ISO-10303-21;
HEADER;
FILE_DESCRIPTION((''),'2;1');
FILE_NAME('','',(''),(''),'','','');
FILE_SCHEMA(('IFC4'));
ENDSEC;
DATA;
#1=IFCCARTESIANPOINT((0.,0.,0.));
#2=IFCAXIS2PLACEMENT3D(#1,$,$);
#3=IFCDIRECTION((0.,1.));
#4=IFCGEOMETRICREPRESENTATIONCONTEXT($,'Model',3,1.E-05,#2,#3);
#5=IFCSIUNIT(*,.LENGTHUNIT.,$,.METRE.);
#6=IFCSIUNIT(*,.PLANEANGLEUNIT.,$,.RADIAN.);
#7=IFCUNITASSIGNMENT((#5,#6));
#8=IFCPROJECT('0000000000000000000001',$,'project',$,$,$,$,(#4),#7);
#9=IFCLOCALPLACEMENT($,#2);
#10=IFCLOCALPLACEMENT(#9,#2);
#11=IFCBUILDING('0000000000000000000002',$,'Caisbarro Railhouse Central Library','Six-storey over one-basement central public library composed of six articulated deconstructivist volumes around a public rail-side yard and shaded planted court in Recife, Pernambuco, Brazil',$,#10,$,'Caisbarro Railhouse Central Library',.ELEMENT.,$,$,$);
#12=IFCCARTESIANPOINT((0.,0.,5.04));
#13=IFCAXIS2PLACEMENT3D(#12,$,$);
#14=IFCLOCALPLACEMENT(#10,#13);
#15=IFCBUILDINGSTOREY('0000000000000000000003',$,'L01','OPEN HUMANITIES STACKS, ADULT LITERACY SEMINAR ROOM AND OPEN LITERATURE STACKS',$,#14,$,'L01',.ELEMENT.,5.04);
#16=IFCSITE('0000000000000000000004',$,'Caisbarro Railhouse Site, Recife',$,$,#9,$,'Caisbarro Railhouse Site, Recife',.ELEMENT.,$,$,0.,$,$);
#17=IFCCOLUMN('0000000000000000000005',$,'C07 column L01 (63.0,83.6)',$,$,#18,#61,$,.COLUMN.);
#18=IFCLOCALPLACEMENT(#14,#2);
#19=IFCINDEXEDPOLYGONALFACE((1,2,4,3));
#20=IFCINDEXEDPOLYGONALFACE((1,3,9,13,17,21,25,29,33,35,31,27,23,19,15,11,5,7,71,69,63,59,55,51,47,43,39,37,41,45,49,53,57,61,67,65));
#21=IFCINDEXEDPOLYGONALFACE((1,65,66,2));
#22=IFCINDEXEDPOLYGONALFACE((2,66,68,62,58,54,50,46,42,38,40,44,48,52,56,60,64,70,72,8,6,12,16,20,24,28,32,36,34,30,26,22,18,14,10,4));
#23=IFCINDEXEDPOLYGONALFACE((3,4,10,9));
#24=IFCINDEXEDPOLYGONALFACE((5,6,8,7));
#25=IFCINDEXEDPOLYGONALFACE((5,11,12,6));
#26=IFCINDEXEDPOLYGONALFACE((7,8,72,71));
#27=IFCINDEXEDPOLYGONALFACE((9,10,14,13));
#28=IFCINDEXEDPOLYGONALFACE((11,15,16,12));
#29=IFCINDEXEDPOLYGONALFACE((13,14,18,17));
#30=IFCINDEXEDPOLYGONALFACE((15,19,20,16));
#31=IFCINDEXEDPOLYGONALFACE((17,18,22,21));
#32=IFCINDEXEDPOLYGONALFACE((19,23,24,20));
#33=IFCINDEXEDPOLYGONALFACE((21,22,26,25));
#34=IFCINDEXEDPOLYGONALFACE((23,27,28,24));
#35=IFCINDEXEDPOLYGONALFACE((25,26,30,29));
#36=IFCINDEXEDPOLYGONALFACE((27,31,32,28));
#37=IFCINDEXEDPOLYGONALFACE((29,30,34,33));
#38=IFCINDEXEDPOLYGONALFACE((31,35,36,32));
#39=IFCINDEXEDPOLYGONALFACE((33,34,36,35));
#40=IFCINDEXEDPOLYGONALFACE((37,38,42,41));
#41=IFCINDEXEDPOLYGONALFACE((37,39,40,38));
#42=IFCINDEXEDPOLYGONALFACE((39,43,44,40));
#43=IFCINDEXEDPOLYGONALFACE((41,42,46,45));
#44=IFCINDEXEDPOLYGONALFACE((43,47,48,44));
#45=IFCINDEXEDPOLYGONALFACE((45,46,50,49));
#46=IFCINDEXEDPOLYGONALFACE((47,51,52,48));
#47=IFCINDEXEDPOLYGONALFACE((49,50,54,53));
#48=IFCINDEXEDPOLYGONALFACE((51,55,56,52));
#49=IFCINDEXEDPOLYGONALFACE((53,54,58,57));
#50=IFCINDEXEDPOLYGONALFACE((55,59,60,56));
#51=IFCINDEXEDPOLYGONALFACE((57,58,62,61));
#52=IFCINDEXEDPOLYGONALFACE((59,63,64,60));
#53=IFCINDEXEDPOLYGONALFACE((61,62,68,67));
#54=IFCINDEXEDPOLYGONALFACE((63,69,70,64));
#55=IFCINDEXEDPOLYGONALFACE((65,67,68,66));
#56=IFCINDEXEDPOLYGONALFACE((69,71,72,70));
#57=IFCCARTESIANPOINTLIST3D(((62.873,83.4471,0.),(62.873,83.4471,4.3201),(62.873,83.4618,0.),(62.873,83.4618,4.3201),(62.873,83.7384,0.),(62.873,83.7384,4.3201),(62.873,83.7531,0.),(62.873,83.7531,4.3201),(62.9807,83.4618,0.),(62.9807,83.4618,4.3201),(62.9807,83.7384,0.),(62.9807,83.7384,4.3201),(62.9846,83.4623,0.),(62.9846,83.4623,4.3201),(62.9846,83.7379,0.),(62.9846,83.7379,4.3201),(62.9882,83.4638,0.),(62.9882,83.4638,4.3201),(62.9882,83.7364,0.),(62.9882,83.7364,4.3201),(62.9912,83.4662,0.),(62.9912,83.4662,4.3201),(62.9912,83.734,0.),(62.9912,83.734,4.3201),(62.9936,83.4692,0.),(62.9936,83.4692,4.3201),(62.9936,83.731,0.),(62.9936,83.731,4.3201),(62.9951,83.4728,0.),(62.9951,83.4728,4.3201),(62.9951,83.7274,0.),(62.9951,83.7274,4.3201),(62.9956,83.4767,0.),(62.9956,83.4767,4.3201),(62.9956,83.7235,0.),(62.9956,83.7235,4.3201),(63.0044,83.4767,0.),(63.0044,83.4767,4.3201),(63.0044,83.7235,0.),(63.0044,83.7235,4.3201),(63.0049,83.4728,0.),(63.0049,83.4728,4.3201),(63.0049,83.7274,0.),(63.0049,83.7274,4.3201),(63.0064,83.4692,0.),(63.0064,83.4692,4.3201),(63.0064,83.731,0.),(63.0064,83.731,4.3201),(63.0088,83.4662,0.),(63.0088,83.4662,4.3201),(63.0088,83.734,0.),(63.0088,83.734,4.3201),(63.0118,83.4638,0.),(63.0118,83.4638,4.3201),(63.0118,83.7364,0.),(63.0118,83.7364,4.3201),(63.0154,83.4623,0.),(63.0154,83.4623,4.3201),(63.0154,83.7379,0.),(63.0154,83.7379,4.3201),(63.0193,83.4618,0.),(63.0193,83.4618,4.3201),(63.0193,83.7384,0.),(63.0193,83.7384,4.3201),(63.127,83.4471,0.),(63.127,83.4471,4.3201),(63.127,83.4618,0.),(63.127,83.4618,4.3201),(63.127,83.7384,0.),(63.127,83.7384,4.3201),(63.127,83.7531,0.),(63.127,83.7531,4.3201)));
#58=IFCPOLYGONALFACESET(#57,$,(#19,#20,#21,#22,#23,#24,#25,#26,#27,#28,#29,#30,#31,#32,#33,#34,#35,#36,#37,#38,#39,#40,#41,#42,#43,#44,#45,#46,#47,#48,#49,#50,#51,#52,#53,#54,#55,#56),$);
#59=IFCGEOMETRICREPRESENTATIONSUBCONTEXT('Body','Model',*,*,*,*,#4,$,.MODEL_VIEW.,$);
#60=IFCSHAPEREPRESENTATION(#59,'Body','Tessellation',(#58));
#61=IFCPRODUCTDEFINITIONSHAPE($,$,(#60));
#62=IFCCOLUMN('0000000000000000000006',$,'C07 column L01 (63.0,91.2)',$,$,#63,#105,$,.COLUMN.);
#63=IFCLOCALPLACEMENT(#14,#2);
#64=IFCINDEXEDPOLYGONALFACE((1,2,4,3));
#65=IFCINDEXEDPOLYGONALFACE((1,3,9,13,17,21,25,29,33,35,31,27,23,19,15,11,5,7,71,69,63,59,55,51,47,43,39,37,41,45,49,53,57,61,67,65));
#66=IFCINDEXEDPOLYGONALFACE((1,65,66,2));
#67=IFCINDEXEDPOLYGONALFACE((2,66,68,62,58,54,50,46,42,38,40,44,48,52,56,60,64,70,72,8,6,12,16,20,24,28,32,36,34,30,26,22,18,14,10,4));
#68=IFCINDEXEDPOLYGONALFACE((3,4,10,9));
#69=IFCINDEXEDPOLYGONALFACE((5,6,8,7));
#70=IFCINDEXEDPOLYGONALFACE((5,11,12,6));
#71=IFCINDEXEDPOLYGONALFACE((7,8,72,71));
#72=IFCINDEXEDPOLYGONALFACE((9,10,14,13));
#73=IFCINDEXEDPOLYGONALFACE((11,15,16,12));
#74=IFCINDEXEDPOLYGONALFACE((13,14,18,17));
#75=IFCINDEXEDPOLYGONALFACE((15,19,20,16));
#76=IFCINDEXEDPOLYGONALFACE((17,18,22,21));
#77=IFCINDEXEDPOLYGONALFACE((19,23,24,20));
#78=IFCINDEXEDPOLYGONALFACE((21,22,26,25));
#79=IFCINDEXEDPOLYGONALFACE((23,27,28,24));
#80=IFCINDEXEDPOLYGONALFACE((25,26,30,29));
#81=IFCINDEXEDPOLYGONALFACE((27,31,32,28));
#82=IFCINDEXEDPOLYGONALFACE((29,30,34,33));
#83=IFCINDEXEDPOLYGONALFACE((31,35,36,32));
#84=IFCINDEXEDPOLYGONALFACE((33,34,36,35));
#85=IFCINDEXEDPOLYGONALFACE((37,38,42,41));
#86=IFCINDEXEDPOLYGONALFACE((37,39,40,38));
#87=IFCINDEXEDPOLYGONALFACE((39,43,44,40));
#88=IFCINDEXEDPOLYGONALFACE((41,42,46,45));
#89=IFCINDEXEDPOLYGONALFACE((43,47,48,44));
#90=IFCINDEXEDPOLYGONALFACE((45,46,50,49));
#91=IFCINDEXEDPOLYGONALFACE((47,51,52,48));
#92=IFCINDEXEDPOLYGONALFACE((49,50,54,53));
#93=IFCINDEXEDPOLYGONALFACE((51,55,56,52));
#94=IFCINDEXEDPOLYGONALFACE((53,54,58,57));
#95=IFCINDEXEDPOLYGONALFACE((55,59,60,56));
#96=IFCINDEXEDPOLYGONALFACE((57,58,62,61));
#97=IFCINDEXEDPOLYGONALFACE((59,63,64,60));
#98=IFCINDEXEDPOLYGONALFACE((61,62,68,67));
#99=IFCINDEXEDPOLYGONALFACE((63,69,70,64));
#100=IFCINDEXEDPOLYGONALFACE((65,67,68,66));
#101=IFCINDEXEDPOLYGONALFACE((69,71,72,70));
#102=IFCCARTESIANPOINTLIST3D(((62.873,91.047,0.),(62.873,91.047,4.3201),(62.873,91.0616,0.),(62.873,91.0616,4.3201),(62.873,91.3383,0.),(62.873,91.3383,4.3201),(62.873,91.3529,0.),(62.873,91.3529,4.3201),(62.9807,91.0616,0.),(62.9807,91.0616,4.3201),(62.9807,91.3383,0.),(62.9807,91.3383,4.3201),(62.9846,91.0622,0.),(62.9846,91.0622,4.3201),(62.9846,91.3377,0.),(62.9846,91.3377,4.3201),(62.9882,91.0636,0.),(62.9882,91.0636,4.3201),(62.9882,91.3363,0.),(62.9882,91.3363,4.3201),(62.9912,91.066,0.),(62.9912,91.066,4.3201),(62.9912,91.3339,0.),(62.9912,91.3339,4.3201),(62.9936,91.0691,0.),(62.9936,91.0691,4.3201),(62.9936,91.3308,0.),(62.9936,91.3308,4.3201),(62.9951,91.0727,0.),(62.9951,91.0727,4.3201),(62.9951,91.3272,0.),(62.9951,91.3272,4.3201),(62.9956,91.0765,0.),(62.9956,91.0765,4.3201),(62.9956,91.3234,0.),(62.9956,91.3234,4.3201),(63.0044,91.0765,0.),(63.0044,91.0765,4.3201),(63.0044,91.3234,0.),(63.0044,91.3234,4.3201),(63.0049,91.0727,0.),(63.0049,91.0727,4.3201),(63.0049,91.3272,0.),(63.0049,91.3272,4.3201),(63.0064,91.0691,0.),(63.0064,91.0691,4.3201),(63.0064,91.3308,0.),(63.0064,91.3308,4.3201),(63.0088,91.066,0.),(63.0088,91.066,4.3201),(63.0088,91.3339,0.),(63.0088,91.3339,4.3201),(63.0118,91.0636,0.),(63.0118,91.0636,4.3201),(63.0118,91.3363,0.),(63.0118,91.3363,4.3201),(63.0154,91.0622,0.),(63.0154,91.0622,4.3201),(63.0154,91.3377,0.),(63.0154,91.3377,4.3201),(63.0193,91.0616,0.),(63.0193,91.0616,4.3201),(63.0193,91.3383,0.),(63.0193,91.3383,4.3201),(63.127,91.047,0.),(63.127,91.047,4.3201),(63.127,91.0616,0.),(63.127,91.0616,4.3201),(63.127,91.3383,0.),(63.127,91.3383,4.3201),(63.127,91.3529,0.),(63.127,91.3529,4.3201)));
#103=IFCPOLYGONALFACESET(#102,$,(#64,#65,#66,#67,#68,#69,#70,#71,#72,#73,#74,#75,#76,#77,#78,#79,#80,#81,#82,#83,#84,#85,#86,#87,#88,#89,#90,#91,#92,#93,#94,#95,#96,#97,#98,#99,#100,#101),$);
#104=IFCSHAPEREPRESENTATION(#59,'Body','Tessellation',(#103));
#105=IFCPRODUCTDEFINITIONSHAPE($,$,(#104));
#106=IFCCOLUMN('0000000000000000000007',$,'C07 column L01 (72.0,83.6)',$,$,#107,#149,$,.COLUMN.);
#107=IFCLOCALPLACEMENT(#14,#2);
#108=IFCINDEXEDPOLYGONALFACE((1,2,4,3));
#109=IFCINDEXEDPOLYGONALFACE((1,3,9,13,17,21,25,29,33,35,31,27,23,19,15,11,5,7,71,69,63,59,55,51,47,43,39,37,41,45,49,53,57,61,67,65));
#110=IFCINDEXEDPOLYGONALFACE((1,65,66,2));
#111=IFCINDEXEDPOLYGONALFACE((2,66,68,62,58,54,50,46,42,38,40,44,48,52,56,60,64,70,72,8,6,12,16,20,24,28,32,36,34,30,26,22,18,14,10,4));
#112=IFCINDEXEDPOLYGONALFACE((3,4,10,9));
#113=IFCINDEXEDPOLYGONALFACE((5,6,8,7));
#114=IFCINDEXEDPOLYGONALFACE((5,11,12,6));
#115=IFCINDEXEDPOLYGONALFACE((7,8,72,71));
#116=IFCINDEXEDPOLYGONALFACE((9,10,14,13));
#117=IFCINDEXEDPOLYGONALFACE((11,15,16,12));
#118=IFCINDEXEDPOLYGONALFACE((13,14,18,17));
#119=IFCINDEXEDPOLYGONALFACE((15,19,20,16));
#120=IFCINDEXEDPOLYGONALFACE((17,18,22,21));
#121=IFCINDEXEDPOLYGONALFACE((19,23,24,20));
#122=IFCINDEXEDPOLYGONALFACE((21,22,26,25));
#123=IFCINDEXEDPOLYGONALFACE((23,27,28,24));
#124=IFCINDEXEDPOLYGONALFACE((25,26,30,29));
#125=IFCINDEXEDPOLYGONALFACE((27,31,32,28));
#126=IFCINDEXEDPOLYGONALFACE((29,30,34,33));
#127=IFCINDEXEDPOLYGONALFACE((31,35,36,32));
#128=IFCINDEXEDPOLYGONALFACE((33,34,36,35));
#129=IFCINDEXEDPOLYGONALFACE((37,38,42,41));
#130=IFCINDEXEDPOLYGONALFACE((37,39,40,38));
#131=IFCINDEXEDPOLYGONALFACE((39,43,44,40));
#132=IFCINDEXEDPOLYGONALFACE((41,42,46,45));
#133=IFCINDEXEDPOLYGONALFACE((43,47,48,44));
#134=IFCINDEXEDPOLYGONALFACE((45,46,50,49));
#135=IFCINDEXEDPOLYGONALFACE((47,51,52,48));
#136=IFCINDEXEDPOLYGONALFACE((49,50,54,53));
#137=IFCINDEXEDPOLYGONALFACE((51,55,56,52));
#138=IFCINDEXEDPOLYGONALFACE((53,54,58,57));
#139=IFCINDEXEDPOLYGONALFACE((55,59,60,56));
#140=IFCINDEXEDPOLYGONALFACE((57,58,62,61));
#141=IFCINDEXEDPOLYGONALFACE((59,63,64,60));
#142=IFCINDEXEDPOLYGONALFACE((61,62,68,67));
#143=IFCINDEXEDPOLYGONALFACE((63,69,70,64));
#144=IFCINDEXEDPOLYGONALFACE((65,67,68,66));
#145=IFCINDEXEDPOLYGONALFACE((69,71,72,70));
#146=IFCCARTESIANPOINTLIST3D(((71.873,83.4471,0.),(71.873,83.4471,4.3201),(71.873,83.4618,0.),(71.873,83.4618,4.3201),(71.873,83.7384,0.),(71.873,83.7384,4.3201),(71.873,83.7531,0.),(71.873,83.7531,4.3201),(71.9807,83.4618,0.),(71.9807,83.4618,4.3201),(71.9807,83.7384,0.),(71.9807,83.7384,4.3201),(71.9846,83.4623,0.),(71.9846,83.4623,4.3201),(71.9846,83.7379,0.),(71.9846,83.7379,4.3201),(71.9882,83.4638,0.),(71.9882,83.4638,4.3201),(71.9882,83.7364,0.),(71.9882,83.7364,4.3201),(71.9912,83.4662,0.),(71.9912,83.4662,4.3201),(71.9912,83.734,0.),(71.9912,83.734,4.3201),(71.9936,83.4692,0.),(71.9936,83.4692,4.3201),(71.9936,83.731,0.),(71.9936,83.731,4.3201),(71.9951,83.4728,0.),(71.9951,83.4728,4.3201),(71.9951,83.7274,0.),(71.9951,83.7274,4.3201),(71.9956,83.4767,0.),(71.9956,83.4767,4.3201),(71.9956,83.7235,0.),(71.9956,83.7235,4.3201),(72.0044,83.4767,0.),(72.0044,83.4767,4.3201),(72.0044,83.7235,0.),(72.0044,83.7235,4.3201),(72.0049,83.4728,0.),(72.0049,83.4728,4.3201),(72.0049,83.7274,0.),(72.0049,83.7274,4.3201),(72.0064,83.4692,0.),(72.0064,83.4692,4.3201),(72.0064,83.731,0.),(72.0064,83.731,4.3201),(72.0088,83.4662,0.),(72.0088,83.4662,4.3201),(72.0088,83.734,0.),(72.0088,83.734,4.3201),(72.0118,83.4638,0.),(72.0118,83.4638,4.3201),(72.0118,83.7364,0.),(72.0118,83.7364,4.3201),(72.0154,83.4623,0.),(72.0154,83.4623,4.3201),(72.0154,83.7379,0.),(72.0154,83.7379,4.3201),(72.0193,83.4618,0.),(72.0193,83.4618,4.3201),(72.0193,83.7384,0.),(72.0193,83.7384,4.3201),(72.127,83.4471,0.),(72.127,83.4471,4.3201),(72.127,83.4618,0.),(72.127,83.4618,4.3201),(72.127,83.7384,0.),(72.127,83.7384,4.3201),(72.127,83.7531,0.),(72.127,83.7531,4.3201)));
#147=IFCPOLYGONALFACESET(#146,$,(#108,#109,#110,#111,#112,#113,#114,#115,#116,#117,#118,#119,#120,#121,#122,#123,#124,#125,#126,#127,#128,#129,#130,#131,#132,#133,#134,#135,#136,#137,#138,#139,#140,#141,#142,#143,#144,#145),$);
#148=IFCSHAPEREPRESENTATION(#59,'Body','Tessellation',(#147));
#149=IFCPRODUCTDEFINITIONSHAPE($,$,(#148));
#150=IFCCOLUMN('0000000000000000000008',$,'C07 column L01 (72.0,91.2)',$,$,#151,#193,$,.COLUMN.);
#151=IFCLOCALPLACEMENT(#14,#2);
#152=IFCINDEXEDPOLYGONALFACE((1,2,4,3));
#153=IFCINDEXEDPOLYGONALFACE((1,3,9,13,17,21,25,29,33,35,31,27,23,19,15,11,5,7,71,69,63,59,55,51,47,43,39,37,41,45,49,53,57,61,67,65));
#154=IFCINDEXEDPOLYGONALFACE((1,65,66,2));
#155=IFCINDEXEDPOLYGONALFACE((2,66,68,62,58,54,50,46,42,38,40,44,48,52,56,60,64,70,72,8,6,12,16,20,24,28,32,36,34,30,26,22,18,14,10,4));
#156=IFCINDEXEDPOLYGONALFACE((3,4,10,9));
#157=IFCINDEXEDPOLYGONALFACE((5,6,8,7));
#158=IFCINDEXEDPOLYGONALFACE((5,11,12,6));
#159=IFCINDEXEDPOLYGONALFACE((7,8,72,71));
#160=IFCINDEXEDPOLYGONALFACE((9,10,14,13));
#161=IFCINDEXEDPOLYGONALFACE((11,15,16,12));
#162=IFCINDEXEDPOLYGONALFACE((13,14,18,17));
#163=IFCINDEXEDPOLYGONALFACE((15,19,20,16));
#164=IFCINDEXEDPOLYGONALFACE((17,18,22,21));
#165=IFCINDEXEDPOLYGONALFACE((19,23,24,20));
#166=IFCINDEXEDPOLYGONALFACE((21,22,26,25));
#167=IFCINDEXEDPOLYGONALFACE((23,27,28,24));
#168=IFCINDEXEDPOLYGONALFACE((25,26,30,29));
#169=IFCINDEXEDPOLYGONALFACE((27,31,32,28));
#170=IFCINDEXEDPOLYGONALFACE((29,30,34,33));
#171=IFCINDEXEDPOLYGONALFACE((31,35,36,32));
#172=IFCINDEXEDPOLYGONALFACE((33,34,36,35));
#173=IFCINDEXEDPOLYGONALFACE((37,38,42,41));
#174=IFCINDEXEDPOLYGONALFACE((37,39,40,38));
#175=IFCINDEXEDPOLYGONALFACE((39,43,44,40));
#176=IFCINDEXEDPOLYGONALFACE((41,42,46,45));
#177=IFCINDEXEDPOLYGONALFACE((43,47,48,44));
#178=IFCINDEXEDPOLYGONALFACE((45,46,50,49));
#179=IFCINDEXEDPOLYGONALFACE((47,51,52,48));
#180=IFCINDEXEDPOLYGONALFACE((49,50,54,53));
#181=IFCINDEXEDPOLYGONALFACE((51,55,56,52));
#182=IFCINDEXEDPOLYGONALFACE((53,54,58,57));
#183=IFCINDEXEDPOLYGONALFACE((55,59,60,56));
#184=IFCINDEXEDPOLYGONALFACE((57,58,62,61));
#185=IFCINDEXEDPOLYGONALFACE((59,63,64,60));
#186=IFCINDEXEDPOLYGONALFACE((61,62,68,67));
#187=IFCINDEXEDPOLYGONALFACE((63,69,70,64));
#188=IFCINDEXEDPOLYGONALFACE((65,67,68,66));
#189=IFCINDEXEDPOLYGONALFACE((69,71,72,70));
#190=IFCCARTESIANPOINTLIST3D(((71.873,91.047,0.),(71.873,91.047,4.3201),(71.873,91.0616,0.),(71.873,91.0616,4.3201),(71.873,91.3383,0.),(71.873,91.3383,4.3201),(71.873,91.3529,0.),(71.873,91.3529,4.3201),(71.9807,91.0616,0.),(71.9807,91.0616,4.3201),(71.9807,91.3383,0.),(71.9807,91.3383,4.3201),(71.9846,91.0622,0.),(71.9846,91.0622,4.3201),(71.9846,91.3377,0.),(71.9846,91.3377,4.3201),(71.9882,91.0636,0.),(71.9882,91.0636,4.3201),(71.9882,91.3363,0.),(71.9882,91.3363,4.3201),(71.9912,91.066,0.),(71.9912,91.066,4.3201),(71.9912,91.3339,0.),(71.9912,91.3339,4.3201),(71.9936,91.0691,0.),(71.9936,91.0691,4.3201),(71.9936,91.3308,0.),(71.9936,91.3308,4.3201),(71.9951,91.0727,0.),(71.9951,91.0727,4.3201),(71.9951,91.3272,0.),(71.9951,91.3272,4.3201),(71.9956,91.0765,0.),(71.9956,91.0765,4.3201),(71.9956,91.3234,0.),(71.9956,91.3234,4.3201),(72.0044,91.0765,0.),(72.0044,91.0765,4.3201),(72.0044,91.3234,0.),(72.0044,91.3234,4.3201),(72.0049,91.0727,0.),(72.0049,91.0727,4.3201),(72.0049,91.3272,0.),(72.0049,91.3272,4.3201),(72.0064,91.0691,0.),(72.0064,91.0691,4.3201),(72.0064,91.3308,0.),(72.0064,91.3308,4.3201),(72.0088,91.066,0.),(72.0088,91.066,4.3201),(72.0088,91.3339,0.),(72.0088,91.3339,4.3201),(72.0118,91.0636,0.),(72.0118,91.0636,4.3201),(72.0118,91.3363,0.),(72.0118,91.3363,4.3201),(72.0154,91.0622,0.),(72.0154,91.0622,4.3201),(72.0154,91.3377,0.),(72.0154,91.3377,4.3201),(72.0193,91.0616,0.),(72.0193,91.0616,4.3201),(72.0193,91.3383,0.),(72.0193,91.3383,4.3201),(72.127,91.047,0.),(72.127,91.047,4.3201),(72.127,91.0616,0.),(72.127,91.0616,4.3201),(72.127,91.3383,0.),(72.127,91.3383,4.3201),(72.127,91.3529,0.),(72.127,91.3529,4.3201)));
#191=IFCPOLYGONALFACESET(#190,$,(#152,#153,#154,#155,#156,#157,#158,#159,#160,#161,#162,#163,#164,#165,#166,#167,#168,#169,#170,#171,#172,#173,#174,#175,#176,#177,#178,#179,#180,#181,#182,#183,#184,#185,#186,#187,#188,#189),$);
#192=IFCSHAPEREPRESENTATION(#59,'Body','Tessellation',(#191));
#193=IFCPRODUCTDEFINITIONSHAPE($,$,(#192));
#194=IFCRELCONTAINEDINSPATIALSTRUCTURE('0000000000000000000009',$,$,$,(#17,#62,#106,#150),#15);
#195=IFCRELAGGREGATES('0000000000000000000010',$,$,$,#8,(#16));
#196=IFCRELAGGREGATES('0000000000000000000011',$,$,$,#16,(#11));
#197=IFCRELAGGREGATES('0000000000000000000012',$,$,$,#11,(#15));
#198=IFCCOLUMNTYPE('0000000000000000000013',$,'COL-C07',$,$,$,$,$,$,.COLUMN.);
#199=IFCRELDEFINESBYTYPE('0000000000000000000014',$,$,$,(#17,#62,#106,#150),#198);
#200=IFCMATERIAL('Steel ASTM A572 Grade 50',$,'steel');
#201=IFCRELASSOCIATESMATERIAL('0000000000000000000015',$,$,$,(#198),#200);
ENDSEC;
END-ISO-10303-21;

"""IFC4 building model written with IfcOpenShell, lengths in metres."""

from ifc_helpers import new_model, si_unit, direction, frame, origin, origin_2d, place, context, subcontext, project, spatial, i_section, extrude, material, material_profile, profile_set, type_object, element, save


model = new_model("IFC4")

# Units and contexts
model_context = context("Model", 3, precision=1e-05, world=origin(), true_north=direction((0.0, 1.0)))
body_context = subcontext(model_context, "Body", "Model", "MODEL_VIEW")
ifc_project = project(units=[si_unit("LENGTHUNIT", "METRE"), si_unit("PLANEANGLEUNIT", "RADIAN")], contexts=[model_context])

# Site, building, storey
site_placement = place(None, origin())
site = spatial("IfcSite", under=ifc_project, at=site_placement, Name="Caisbarro Railhouse Site, Recife", LongName="Caisbarro Railhouse Site, Recife", CompositionType="ELEMENT", RefElevation=0.0)
building_placement = place(site_placement, origin())
building = spatial("IfcBuilding", under=site, at=building_placement, Name="Caisbarro Railhouse Central Library", Description="Six-storey over one-basement central public library composed of six articulated deconstructivist volumes around a public rail-side yard and shaded planted court in Recife, Pernambuco, Brazil", LongName="Caisbarro Railhouse Central Library", CompositionType="ELEMENT")
storey_placement = place(building_placement, frame((0.0, 0.0, 5.04)))
storey = spatial("IfcBuildingStorey", under=building, at=storey_placement, Name="L01", Description="OPEN HUMANITIES STACKS, ADULT LITERACY SEMINAR ROOM AND OPEN LITERATURE STACKS", LongName="L01", CompositionType="ELEMENT", Elevation=5.04)

# Columns
ifc_material_1 = material(Name="Steel ASTM A572 Grade 50", Category="steel")
ifc_material_profile_1 = material_profile(ifc_material_1, i_section(OverallWidth=0.2539, OverallDepth=0.3059, WebThickness=0.0088, FlangeThickness=0.0146, FilletRadius=0.0149, at=origin_2d()), Name="W310X79.0")
ifc_profile_set_1 = profile_set([ifc_material_profile_1], Name="Steel ASTM A572 Grade 50")
column_type = type_object("IfcColumnType", Name="COL-C07", PredefinedType="COLUMN", material=ifc_profile_set_1)
for number, where, z_axis, x_axis, name in (
    (1, (63.0, 83.6001, 0.0), (0.0, 0.0, 1.0), (1.0, 0.0, 0.0), "C07 column L01 (63.0,83.6)"),
    (2, (63.0, 91.2, 0.0), (0.0, 0.0, 1.0), (1.0, 0.0, 0.0), "C07 column L01 (63.0,91.2)"),
    (3, (72.0, 83.6001, 0.0), (0.0, 0.0, 1.0), (1.0, 0.0, 0.0), "C07 column L01 (72.0,83.6)"),
    (4, (72.0, 91.2, 0.0), (0.0, 0.0, 1.0), (1.0, 0.0, 0.0), "C07 column L01 (72.0,91.2)"),
):
    element("IfcColumn", number, at=place(storey_placement, frame(where, z_axis=z_axis, x_axis=x_axis)), inside=storey, type_object=column_type, Name=name, PredefinedType="COLUMN", context=body_context, shape_type="SweptSolid", body=[
        extrude(i_section(OverallWidth=0.2539, OverallDepth=0.3059, WebThickness=0.0088, FlangeThickness=0.0146, FilletRadius=0.0149, at=origin_2d()), origin(), (0.0, 0.0, 1.0), 4.3201),
    ])

save(model, "model.ifc")
